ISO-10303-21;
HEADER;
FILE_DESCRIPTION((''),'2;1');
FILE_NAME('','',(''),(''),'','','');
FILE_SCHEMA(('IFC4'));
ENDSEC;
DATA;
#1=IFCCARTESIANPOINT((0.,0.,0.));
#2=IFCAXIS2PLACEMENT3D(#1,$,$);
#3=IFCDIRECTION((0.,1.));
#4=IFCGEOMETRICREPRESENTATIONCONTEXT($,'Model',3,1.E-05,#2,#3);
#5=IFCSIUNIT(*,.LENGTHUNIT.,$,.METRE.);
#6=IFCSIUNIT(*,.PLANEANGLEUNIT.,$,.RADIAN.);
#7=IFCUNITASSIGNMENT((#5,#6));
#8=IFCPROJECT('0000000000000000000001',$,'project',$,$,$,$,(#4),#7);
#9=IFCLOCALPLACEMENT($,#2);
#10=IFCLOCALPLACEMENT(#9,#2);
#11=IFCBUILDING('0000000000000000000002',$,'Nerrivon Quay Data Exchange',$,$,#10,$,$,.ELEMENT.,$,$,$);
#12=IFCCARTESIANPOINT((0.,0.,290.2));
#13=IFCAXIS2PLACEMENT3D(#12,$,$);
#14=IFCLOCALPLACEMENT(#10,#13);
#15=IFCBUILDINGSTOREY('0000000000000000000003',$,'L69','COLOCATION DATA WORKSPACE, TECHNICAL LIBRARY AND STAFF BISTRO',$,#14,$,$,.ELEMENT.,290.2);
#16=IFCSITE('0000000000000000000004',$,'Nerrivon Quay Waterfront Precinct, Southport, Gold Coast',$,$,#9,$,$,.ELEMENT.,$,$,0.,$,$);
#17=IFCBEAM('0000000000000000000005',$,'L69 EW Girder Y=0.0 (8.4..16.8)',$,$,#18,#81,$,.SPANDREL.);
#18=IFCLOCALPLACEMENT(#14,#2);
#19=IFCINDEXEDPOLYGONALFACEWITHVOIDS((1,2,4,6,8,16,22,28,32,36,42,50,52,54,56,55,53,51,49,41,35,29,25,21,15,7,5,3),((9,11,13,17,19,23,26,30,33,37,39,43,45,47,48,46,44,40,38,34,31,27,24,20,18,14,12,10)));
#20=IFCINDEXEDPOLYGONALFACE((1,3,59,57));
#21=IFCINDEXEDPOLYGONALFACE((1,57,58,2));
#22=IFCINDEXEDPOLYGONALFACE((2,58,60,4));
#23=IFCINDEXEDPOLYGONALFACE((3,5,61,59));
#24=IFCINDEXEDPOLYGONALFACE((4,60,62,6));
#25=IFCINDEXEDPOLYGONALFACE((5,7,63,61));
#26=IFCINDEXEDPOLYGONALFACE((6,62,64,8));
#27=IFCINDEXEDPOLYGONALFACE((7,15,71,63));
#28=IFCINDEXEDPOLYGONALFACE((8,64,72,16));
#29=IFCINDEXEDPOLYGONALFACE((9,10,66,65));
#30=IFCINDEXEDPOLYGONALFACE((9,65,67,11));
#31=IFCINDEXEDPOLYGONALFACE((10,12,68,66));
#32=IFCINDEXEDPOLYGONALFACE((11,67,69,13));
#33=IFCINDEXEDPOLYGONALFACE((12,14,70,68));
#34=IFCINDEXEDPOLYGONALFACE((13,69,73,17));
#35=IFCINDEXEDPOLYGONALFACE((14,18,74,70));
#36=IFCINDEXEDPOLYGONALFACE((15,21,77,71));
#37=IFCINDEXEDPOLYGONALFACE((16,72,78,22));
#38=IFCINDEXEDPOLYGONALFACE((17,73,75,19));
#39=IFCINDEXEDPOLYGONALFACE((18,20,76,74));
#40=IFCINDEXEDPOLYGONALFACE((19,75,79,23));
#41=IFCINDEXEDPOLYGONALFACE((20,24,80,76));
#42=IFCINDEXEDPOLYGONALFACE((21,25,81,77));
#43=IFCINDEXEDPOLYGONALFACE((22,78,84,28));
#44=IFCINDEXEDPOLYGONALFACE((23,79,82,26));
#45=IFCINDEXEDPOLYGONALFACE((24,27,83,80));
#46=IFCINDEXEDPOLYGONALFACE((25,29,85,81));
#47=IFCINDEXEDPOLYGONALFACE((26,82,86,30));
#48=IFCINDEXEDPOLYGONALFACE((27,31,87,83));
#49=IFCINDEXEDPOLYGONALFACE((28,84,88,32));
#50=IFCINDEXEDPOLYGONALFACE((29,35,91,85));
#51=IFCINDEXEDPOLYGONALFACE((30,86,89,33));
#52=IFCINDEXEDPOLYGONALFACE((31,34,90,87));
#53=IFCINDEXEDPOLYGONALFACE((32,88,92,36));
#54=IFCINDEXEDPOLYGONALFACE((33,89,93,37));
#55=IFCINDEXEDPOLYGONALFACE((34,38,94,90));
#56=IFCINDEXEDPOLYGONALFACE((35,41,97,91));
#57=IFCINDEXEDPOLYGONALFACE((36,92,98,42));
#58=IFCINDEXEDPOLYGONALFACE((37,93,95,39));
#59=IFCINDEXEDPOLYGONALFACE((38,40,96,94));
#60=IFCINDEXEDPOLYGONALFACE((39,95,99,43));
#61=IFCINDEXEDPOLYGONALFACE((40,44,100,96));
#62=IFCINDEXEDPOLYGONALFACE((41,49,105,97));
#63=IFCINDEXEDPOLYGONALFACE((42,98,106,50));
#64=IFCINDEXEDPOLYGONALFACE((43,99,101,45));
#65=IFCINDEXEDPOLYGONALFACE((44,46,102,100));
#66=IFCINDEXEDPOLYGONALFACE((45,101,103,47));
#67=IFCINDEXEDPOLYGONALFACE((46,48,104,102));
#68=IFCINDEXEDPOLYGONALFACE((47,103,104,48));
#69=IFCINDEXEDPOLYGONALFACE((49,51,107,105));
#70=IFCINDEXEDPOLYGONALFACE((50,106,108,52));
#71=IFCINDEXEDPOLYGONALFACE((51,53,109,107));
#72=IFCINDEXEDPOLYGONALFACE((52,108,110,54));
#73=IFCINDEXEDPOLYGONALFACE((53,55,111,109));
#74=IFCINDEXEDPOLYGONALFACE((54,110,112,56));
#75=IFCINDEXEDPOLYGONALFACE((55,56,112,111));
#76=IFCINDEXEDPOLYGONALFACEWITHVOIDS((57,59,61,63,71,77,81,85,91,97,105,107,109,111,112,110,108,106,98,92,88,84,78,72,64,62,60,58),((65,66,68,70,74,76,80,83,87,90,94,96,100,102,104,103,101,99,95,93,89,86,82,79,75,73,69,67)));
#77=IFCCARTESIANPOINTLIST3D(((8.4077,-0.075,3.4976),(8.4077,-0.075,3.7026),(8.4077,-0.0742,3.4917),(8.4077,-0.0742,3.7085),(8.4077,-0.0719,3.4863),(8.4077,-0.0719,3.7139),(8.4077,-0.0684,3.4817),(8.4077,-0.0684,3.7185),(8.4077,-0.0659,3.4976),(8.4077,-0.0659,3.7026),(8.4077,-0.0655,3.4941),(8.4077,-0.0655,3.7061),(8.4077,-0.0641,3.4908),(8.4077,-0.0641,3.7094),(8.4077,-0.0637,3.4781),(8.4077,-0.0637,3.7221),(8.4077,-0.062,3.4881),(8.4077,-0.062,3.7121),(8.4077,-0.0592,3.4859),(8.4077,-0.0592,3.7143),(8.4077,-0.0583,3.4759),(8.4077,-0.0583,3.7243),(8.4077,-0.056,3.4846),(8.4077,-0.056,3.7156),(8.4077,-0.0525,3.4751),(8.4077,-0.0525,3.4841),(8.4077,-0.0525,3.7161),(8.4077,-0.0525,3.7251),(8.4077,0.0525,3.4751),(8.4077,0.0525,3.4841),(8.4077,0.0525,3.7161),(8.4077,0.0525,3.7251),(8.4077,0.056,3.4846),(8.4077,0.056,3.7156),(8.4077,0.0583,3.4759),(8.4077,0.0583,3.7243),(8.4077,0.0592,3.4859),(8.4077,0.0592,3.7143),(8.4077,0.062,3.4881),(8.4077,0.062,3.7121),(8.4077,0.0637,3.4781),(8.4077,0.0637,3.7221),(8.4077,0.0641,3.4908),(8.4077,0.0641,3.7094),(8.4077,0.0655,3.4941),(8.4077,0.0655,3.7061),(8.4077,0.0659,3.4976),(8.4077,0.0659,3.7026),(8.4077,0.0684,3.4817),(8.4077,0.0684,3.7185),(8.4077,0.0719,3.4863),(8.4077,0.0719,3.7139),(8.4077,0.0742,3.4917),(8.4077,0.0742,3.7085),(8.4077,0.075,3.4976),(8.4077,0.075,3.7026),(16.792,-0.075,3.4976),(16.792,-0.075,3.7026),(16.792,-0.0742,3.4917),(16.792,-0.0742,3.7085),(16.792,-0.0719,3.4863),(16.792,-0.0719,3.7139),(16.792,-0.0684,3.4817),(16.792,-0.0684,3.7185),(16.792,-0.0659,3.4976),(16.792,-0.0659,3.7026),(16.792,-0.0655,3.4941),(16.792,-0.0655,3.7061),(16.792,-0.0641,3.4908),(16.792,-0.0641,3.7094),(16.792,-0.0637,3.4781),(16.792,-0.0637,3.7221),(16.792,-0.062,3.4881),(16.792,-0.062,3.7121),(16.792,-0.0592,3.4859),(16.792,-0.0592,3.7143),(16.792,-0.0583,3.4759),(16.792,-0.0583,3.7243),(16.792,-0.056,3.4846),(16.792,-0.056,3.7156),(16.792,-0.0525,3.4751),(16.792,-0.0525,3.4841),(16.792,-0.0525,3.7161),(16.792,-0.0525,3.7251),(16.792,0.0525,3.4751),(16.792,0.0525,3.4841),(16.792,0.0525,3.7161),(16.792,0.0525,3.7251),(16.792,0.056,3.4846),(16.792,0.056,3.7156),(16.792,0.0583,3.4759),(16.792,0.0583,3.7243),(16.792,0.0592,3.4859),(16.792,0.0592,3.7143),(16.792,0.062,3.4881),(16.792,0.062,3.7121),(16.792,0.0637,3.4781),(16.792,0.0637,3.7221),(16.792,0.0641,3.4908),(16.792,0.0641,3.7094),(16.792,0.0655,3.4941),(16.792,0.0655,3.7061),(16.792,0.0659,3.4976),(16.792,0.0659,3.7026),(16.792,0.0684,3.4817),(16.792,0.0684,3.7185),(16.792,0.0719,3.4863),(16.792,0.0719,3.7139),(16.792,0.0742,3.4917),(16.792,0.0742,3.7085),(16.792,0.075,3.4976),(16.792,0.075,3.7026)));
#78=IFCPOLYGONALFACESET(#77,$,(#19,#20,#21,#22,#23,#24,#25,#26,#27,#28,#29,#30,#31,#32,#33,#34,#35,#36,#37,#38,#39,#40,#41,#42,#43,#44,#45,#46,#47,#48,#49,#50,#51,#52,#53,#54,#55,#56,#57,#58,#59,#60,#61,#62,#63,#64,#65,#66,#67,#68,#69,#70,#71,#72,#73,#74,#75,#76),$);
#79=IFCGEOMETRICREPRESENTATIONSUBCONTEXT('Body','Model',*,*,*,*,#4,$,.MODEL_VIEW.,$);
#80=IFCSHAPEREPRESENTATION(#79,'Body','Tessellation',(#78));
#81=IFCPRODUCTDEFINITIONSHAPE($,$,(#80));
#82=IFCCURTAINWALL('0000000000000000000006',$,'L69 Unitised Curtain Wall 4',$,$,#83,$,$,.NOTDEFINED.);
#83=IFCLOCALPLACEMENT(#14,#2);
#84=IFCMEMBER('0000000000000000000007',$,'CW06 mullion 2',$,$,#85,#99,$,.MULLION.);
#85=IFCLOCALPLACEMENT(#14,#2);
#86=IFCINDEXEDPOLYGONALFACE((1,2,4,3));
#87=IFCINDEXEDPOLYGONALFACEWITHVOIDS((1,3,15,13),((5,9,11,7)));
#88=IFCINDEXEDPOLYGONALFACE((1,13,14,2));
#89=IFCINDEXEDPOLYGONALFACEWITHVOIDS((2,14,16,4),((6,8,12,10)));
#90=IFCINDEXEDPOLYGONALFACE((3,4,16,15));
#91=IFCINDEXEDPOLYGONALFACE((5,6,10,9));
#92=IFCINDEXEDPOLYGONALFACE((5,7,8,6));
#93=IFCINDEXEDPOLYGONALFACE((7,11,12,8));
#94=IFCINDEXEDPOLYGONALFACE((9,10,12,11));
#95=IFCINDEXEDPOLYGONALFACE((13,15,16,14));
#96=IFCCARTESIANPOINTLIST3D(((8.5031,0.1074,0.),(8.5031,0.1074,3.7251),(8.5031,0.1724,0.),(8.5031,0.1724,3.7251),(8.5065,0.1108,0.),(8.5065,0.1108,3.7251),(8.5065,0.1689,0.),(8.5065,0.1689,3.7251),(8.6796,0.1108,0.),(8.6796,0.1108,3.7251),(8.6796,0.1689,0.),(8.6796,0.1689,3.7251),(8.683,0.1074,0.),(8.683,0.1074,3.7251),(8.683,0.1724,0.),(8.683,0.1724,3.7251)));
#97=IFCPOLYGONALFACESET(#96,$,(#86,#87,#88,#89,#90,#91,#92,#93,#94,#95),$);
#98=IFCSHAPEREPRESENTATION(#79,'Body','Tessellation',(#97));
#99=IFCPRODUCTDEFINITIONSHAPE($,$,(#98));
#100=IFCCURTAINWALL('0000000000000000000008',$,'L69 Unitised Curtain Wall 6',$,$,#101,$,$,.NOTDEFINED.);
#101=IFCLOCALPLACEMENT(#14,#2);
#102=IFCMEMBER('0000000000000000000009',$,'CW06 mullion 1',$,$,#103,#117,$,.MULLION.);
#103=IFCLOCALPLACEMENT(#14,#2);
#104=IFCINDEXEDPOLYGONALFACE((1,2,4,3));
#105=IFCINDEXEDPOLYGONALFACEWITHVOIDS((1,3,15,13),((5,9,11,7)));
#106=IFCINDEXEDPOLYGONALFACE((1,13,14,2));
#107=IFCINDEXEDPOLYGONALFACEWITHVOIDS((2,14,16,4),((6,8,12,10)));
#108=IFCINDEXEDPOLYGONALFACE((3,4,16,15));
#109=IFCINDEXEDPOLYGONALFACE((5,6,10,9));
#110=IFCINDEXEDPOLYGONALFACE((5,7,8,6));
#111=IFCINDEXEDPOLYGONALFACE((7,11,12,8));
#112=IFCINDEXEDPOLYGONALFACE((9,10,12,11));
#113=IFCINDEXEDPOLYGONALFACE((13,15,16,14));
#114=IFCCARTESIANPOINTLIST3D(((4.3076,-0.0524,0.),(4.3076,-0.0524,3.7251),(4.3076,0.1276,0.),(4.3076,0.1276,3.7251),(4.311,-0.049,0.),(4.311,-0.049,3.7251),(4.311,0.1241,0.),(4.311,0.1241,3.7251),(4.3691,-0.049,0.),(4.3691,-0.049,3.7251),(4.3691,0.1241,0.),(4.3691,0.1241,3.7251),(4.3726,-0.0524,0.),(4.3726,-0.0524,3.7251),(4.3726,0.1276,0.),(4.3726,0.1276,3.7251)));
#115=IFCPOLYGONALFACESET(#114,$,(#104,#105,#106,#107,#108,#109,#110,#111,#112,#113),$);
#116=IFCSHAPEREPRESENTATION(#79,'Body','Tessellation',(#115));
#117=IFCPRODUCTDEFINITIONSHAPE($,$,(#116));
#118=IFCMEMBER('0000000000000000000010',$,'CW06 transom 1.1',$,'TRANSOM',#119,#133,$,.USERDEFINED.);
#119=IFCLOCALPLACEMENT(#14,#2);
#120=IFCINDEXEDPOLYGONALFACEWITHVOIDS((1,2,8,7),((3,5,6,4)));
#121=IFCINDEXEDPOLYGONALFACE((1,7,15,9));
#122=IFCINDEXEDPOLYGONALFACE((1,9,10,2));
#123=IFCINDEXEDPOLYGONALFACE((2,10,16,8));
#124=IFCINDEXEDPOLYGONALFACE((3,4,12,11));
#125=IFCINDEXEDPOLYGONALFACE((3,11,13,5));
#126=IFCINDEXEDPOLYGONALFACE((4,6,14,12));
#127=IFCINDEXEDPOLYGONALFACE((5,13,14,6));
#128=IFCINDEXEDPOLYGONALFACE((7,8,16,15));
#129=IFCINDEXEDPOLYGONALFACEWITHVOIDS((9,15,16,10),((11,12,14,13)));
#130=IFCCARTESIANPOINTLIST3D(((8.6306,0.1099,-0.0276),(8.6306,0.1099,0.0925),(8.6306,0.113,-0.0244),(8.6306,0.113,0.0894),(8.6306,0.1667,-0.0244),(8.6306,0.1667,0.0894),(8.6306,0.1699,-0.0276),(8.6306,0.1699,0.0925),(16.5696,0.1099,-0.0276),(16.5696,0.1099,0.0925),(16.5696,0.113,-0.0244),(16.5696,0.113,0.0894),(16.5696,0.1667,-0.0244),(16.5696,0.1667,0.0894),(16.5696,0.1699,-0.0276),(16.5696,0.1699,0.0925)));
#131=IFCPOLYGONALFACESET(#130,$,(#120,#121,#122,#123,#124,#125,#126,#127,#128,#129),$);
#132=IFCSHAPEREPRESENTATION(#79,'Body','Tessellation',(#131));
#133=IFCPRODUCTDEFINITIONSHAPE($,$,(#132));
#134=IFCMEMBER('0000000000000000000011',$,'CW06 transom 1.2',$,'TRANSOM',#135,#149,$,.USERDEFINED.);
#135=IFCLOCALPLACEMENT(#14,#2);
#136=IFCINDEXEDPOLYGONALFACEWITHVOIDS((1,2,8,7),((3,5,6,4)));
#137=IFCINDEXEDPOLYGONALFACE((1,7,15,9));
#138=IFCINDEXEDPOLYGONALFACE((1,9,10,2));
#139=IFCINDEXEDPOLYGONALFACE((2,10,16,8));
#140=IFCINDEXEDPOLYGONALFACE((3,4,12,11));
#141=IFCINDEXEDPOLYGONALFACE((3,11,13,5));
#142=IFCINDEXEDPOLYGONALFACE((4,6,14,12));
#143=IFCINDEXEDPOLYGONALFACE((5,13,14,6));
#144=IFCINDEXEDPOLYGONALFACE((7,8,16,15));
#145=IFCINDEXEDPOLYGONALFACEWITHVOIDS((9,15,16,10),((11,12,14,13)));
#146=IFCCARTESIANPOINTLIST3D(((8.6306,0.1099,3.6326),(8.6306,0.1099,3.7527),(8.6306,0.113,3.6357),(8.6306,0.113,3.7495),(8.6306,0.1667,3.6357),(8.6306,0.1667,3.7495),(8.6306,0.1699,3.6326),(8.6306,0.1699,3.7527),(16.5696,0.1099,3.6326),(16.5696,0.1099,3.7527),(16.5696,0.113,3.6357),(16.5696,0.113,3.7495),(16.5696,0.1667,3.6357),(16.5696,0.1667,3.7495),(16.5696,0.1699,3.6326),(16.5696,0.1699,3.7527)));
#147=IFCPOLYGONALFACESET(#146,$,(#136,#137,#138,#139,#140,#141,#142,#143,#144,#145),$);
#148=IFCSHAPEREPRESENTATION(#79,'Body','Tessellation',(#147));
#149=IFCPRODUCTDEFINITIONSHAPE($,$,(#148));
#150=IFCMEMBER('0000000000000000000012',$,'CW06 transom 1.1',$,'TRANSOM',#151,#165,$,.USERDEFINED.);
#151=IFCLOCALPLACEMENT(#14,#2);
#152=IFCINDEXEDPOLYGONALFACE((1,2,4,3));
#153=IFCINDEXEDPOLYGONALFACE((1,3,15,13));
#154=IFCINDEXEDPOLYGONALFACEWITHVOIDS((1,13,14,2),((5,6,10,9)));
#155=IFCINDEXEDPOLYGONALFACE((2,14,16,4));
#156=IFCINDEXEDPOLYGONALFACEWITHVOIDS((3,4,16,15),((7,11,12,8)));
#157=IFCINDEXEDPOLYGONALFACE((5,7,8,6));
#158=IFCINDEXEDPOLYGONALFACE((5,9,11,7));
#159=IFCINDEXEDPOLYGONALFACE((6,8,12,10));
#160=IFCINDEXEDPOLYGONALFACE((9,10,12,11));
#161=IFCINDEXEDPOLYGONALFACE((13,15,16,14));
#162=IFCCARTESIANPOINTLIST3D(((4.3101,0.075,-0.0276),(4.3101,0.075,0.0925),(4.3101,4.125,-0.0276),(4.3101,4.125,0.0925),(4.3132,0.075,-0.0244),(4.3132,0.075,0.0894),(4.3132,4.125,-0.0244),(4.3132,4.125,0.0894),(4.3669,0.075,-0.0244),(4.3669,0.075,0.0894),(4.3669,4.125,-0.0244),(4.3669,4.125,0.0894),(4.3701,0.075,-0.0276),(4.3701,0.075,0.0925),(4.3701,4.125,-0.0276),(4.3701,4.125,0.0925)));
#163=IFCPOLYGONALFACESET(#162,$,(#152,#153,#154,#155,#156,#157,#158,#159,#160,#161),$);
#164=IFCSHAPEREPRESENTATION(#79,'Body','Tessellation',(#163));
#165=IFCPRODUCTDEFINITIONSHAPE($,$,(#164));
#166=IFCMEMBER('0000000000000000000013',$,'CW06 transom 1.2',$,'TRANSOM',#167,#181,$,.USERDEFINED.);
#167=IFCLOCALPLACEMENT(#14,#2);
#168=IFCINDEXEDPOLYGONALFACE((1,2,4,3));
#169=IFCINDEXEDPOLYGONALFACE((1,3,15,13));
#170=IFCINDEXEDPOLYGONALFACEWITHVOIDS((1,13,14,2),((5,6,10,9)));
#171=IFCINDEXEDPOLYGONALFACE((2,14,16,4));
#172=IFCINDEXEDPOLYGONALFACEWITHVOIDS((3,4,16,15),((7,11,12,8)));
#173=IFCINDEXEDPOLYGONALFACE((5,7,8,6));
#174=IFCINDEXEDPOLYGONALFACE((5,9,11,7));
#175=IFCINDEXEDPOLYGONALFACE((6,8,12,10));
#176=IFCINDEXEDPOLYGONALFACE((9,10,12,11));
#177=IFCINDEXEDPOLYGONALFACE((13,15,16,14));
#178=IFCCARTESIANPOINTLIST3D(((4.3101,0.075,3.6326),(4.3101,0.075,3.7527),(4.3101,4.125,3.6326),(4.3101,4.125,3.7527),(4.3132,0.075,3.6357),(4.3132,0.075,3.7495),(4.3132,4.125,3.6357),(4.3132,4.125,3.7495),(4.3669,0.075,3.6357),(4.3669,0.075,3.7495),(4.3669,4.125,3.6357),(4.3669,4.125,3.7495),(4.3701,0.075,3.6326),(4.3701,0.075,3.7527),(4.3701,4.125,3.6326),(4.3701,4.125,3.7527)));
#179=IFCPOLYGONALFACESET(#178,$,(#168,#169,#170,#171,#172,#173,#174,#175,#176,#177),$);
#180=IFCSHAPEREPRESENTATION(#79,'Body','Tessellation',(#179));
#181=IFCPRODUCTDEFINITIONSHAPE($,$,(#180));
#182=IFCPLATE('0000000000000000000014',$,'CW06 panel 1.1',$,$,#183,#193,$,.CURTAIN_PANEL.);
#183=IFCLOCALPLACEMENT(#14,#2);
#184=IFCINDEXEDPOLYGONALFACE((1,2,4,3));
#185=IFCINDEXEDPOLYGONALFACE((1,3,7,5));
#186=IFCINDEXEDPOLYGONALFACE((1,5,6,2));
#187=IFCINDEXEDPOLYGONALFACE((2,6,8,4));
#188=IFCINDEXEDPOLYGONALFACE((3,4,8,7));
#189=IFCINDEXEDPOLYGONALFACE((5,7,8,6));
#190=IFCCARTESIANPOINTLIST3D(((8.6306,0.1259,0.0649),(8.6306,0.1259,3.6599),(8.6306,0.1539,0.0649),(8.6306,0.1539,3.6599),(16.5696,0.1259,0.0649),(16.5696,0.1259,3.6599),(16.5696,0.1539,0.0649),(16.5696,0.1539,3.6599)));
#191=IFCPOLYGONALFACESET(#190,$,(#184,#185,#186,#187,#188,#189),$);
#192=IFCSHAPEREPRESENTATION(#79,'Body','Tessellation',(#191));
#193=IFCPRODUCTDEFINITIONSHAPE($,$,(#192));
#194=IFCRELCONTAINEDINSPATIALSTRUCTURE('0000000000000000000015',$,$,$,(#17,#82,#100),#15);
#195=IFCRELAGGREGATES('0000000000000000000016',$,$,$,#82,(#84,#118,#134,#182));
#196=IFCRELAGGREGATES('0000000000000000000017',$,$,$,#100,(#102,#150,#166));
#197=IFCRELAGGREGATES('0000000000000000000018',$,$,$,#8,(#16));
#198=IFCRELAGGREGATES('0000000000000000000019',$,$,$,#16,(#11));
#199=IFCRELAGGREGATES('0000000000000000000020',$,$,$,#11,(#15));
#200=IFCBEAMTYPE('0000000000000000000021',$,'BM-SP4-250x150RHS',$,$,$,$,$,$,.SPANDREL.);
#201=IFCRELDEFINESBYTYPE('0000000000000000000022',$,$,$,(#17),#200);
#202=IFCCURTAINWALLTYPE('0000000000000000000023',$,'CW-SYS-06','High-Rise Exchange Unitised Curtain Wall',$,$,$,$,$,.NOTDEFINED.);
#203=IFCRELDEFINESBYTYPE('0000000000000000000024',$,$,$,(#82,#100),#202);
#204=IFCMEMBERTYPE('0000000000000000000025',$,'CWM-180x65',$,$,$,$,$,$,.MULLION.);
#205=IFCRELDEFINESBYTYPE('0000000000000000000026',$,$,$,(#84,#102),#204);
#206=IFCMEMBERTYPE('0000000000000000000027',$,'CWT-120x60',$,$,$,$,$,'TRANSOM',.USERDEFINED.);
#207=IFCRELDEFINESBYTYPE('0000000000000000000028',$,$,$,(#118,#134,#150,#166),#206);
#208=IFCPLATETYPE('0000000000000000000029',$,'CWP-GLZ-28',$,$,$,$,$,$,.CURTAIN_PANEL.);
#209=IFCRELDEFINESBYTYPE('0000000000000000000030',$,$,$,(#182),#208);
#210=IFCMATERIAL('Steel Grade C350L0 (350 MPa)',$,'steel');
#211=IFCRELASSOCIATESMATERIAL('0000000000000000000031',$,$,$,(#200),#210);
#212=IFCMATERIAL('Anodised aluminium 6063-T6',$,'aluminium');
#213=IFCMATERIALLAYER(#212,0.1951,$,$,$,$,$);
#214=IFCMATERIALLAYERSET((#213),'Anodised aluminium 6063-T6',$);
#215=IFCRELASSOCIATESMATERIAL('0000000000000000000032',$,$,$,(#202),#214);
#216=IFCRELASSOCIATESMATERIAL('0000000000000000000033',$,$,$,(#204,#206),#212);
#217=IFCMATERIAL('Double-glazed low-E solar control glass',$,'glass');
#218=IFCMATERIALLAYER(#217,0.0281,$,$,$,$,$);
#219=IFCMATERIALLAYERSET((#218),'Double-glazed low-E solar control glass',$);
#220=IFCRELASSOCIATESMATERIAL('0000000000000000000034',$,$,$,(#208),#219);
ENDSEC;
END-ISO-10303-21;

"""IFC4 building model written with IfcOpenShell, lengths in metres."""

from ifc_helpers import new_model, si_unit, direction, frame, origin, origin_2d, place, context, subcontext, project, spatial, rectangle, hollow_rectangle, extrude, material, layer, layer_set, material_profile, profile_set, type_object, element, aggregate, save


model = new_model("IFC4")

# Units and contexts
model_context = context("Model", 3, precision=1e-05, world=origin(), true_north=direction((0.0, 1.0)))
body_context = subcontext(model_context, "Body", "Model", "MODEL_VIEW")
ifc_project = project(units=[si_unit("LENGTHUNIT", "METRE"), si_unit("PLANEANGLEUNIT", "RADIAN")], contexts=[model_context])

# Site, building, storey
site_placement = place(None, origin())
site = spatial("IfcSite", under=ifc_project, at=site_placement, Name="Nerrivon Quay Waterfront Precinct, Southport, Gold Coast", CompositionType="ELEMENT", RefElevation=0.0)
building_placement = place(site_placement, origin())
building = spatial("IfcBuilding", under=site, at=building_placement, Name="Nerrivon Quay Data Exchange", CompositionType="ELEMENT")
storey_placement = place(building_placement, frame((0.0, 0.0, 290.2)))
storey = spatial("IfcBuildingStorey", under=building, at=storey_placement, Name="L69", Description="COLOCATION DATA WORKSPACE, TECHNICAL LIBRARY AND STAFF BISTRO", CompositionType="ELEMENT", Elevation=290.2)

# Beam
ifc_material_1 = material(Name="Steel Grade C350L0 (350 MPa)", Category="steel")
ifc_material_profile_1 = material_profile(ifc_material_1, hollow_rectangle(XDim=0.1499, YDim=0.25, WallThickness=0.009, InnerFilletRadius=0.0134, OuterFilletRadius=0.0225, at=origin_2d()), Name="250x150x9.0RHS")
ifc_profile_set_1 = profile_set([ifc_material_profile_1], Name="Steel Grade C350L0 (350 MPa)")
beam_type_1 = type_object("IfcBeamType", Name="BM-SP4-250x150RHS", PredefinedType="SPANDREL", material=ifc_profile_set_1)
beam_1_placement = place(storey_placement, frame((8.4077, 0.0, 3.6001), z_axis=(1.0, 0.0, 0.0), x_axis=(0.0, 1.0, 0.0)))
element("IfcBeam", 1, at=beam_1_placement, inside=storey, type_object=beam_type_1, Name="L69 EW Girder Y=0.0 (8.4..16.8)", PredefinedType="SPANDREL", context=body_context, shape_type="SweptSolid", body=[
    extrude(hollow_rectangle(XDim=0.1499, YDim=0.25, WallThickness=0.009, InnerFilletRadius=0.0134, OuterFilletRadius=0.0225, at=origin_2d()), origin(), (0.0, 0.0, 1.0), 8.3843),
])

# Curtain walls, members
ifc_material_2 = material(Name="Anodised aluminium 6063-T6", Category="aluminium")
ifc_layer_1 = layer(ifc_material_2, 0.1951)
ifc_layer_set_1 = layer_set([ifc_layer_1], Name="Anodised aluminium 6063-T6")
curtain_wall_type = type_object("IfcCurtainWallType", Name="CW-SYS-06", Description="High-Rise Exchange Unitised Curtain Wall", PredefinedType="NOTDEFINED", material=ifc_layer_set_1)
curtain_wall_1_placement = place(storey_placement, origin())
curtain_wall_1 = element("IfcCurtainWall", 2, at=curtain_wall_1_placement, inside=storey, type_object=curtain_wall_type, Name="L69 Unitised Curtain Wall 4", PredefinedType="NOTDEFINED")
ifc_material_profile_2 = material_profile(ifc_material_2, hollow_rectangle(XDim=0.0649, YDim=0.1799, WallThickness=0.0034, at=origin_2d()), Name="ALU-MULL-180x65")
ifc_profile_set_2 = profile_set([ifc_material_profile_2], Name="Anodised aluminium 6063-T6")
member_type_1 = type_object("IfcMemberType", Name="CWM-180x65", PredefinedType="MULLION", material=ifc_profile_set_2)
member_1_placement = place(storey_placement, frame((8.593, 0.1399, 0.0), z_axis=(0.0, 0.0, 1.0), x_axis=(0.0, -1.0, 0.0)))
member_1 = element("IfcMember", 3, at=member_1_placement, type_object=member_type_1, Name="CW06 mullion 2", PredefinedType="MULLION", context=body_context, shape_type="SweptSolid", body=[
    extrude(hollow_rectangle(XDim=0.0649, YDim=0.1799, WallThickness=0.0034, at=origin_2d()), origin(), (0.0, 0.0, 1.0), 3.7251),
])
curtain_wall_2_placement = place(storey_placement, origin())
curtain_wall_2 = element("IfcCurtainWall", 4, at=curtain_wall_2_placement, inside=storey, type_object=curtain_wall_type, Name="L69 Unitised Curtain Wall 6", PredefinedType="NOTDEFINED")
member_2_placement = place(storey_placement, frame((4.3401, 0.0376, 0.0), z_axis=(0.0, 0.0, 1.0), x_axis=(-1.0, 0.0, 0.0)))
member_2 = element("IfcMember", 5, at=member_2_placement, type_object=member_type_1, Name="CW06 mullion 1", PredefinedType="MULLION", context=body_context, shape_type="SweptSolid", body=[
    extrude(hollow_rectangle(XDim=0.0649, YDim=0.1799, WallThickness=0.0034, at=origin_2d()), origin(), (0.0, 0.0, 1.0), 3.7251),
])

# Members
ifc_material_profile_3 = material_profile(ifc_material_2, hollow_rectangle(XDim=0.0601, YDim=0.1201, WallThickness=0.0032, at=origin_2d()), Name="ALU-TRAN-120x60")
ifc_profile_set_3 = profile_set([ifc_material_profile_3], Name="Anodised aluminium 6063-T6")
member_type_2 = type_object("IfcMemberType", Name="CWT-120x60", ElementType="TRANSOM", PredefinedType="USERDEFINED", material=ifc_profile_set_3)
member_3_placement = place(storey_placement, frame((16.5696, 0.1399, 0.0325), z_axis=(-1.0, 0.0, 0.0), x_axis=(0.0, -1.0, 0.0)))
member_3 = element("IfcMember", 6, at=member_3_placement, type_object=member_type_2, Name="CW06 transom 1.1", ObjectType="TRANSOM", PredefinedType="USERDEFINED", context=body_context, shape_type="SweptSolid", body=[
    extrude(hollow_rectangle(XDim=0.0601, YDim=0.1201, WallThickness=0.0032, at=origin_2d()), origin(), (0.0, 0.0, 1.0), 7.939),
])
member_4_placement = place(storey_placement, frame((16.5696, 0.1399, 3.6926), z_axis=(-1.0, 0.0, 0.0), x_axis=(0.0, -1.0, 0.0)))
member_4 = element("IfcMember", 7, at=member_4_placement, type_object=member_type_2, Name="CW06 transom 1.2", ObjectType="TRANSOM", PredefinedType="USERDEFINED", context=body_context, shape_type="SweptSolid", body=[
    extrude(hollow_rectangle(XDim=0.0601, YDim=0.1201, WallThickness=0.0032, at=origin_2d()), origin(), (0.0, 0.0, 1.0), 7.939),
])
member_5_placement = place(storey_placement, frame((4.3401, 0.075, 0.0325), z_axis=(0.0, 1.0, 0.0), x_axis=(-1.0, 0.0, 0.0)))
member_5 = element("IfcMember", 8, at=member_5_placement, type_object=member_type_2, Name="CW06 transom 1.1", ObjectType="TRANSOM", PredefinedType="USERDEFINED", context=body_context, shape_type="SweptSolid", body=[
    extrude(hollow_rectangle(XDim=0.0601, YDim=0.1201, WallThickness=0.0032, at=origin_2d()), origin(), (0.0, 0.0, 1.0), 4.05),
])
member_6_placement = place(storey_placement, frame((4.3401, 0.075, 3.6926), z_axis=(0.0, 1.0, 0.0), x_axis=(-1.0, 0.0, 0.0)))
member_6 = element("IfcMember", 9, at=member_6_placement, type_object=member_type_2, Name="CW06 transom 1.2", ObjectType="TRANSOM", PredefinedType="USERDEFINED", context=body_context, shape_type="SweptSolid", body=[
    extrude(hollow_rectangle(XDim=0.0601, YDim=0.1201, WallThickness=0.0032, at=origin_2d()), origin(), (0.0, 0.0, 1.0), 4.05),
])

# Plate
ifc_material_3 = material(Name="Double-glazed low-E solar control glass", Category="glass")
ifc_layer_2 = layer(ifc_material_3, 0.0281)
ifc_layer_set_2 = layer_set([ifc_layer_2], Name="Double-glazed low-E solar control glass")
plate_type = type_object("IfcPlateType", Name="CWP-GLZ-28", PredefinedType="CURTAIN_PANEL", material=ifc_layer_set_2)
plate_1_placement = place(storey_placement, frame((12.6001, 0.1399, 0.0649), z_axis=(0.0, 0.0, 1.0), x_axis=(-1.0, 0.0, 0.0)))
plate_1 = element("IfcPlate", 10, at=plate_1_placement, type_object=plate_type, Name="CW06 panel 1.1", PredefinedType="CURTAIN_PANEL", context=body_context, shape_type="SweptSolid", body=[
    extrude(rectangle(XDim=7.939, YDim=0.0281, at=origin_2d()), origin(), (0.0, 0.0, 1.0), 3.595),
])
aggregate(curtain_wall_1, [member_1, member_3, member_4, plate_1])
aggregate(curtain_wall_2, [member_2, member_5, member_6])

save(model, "model.ifc")
